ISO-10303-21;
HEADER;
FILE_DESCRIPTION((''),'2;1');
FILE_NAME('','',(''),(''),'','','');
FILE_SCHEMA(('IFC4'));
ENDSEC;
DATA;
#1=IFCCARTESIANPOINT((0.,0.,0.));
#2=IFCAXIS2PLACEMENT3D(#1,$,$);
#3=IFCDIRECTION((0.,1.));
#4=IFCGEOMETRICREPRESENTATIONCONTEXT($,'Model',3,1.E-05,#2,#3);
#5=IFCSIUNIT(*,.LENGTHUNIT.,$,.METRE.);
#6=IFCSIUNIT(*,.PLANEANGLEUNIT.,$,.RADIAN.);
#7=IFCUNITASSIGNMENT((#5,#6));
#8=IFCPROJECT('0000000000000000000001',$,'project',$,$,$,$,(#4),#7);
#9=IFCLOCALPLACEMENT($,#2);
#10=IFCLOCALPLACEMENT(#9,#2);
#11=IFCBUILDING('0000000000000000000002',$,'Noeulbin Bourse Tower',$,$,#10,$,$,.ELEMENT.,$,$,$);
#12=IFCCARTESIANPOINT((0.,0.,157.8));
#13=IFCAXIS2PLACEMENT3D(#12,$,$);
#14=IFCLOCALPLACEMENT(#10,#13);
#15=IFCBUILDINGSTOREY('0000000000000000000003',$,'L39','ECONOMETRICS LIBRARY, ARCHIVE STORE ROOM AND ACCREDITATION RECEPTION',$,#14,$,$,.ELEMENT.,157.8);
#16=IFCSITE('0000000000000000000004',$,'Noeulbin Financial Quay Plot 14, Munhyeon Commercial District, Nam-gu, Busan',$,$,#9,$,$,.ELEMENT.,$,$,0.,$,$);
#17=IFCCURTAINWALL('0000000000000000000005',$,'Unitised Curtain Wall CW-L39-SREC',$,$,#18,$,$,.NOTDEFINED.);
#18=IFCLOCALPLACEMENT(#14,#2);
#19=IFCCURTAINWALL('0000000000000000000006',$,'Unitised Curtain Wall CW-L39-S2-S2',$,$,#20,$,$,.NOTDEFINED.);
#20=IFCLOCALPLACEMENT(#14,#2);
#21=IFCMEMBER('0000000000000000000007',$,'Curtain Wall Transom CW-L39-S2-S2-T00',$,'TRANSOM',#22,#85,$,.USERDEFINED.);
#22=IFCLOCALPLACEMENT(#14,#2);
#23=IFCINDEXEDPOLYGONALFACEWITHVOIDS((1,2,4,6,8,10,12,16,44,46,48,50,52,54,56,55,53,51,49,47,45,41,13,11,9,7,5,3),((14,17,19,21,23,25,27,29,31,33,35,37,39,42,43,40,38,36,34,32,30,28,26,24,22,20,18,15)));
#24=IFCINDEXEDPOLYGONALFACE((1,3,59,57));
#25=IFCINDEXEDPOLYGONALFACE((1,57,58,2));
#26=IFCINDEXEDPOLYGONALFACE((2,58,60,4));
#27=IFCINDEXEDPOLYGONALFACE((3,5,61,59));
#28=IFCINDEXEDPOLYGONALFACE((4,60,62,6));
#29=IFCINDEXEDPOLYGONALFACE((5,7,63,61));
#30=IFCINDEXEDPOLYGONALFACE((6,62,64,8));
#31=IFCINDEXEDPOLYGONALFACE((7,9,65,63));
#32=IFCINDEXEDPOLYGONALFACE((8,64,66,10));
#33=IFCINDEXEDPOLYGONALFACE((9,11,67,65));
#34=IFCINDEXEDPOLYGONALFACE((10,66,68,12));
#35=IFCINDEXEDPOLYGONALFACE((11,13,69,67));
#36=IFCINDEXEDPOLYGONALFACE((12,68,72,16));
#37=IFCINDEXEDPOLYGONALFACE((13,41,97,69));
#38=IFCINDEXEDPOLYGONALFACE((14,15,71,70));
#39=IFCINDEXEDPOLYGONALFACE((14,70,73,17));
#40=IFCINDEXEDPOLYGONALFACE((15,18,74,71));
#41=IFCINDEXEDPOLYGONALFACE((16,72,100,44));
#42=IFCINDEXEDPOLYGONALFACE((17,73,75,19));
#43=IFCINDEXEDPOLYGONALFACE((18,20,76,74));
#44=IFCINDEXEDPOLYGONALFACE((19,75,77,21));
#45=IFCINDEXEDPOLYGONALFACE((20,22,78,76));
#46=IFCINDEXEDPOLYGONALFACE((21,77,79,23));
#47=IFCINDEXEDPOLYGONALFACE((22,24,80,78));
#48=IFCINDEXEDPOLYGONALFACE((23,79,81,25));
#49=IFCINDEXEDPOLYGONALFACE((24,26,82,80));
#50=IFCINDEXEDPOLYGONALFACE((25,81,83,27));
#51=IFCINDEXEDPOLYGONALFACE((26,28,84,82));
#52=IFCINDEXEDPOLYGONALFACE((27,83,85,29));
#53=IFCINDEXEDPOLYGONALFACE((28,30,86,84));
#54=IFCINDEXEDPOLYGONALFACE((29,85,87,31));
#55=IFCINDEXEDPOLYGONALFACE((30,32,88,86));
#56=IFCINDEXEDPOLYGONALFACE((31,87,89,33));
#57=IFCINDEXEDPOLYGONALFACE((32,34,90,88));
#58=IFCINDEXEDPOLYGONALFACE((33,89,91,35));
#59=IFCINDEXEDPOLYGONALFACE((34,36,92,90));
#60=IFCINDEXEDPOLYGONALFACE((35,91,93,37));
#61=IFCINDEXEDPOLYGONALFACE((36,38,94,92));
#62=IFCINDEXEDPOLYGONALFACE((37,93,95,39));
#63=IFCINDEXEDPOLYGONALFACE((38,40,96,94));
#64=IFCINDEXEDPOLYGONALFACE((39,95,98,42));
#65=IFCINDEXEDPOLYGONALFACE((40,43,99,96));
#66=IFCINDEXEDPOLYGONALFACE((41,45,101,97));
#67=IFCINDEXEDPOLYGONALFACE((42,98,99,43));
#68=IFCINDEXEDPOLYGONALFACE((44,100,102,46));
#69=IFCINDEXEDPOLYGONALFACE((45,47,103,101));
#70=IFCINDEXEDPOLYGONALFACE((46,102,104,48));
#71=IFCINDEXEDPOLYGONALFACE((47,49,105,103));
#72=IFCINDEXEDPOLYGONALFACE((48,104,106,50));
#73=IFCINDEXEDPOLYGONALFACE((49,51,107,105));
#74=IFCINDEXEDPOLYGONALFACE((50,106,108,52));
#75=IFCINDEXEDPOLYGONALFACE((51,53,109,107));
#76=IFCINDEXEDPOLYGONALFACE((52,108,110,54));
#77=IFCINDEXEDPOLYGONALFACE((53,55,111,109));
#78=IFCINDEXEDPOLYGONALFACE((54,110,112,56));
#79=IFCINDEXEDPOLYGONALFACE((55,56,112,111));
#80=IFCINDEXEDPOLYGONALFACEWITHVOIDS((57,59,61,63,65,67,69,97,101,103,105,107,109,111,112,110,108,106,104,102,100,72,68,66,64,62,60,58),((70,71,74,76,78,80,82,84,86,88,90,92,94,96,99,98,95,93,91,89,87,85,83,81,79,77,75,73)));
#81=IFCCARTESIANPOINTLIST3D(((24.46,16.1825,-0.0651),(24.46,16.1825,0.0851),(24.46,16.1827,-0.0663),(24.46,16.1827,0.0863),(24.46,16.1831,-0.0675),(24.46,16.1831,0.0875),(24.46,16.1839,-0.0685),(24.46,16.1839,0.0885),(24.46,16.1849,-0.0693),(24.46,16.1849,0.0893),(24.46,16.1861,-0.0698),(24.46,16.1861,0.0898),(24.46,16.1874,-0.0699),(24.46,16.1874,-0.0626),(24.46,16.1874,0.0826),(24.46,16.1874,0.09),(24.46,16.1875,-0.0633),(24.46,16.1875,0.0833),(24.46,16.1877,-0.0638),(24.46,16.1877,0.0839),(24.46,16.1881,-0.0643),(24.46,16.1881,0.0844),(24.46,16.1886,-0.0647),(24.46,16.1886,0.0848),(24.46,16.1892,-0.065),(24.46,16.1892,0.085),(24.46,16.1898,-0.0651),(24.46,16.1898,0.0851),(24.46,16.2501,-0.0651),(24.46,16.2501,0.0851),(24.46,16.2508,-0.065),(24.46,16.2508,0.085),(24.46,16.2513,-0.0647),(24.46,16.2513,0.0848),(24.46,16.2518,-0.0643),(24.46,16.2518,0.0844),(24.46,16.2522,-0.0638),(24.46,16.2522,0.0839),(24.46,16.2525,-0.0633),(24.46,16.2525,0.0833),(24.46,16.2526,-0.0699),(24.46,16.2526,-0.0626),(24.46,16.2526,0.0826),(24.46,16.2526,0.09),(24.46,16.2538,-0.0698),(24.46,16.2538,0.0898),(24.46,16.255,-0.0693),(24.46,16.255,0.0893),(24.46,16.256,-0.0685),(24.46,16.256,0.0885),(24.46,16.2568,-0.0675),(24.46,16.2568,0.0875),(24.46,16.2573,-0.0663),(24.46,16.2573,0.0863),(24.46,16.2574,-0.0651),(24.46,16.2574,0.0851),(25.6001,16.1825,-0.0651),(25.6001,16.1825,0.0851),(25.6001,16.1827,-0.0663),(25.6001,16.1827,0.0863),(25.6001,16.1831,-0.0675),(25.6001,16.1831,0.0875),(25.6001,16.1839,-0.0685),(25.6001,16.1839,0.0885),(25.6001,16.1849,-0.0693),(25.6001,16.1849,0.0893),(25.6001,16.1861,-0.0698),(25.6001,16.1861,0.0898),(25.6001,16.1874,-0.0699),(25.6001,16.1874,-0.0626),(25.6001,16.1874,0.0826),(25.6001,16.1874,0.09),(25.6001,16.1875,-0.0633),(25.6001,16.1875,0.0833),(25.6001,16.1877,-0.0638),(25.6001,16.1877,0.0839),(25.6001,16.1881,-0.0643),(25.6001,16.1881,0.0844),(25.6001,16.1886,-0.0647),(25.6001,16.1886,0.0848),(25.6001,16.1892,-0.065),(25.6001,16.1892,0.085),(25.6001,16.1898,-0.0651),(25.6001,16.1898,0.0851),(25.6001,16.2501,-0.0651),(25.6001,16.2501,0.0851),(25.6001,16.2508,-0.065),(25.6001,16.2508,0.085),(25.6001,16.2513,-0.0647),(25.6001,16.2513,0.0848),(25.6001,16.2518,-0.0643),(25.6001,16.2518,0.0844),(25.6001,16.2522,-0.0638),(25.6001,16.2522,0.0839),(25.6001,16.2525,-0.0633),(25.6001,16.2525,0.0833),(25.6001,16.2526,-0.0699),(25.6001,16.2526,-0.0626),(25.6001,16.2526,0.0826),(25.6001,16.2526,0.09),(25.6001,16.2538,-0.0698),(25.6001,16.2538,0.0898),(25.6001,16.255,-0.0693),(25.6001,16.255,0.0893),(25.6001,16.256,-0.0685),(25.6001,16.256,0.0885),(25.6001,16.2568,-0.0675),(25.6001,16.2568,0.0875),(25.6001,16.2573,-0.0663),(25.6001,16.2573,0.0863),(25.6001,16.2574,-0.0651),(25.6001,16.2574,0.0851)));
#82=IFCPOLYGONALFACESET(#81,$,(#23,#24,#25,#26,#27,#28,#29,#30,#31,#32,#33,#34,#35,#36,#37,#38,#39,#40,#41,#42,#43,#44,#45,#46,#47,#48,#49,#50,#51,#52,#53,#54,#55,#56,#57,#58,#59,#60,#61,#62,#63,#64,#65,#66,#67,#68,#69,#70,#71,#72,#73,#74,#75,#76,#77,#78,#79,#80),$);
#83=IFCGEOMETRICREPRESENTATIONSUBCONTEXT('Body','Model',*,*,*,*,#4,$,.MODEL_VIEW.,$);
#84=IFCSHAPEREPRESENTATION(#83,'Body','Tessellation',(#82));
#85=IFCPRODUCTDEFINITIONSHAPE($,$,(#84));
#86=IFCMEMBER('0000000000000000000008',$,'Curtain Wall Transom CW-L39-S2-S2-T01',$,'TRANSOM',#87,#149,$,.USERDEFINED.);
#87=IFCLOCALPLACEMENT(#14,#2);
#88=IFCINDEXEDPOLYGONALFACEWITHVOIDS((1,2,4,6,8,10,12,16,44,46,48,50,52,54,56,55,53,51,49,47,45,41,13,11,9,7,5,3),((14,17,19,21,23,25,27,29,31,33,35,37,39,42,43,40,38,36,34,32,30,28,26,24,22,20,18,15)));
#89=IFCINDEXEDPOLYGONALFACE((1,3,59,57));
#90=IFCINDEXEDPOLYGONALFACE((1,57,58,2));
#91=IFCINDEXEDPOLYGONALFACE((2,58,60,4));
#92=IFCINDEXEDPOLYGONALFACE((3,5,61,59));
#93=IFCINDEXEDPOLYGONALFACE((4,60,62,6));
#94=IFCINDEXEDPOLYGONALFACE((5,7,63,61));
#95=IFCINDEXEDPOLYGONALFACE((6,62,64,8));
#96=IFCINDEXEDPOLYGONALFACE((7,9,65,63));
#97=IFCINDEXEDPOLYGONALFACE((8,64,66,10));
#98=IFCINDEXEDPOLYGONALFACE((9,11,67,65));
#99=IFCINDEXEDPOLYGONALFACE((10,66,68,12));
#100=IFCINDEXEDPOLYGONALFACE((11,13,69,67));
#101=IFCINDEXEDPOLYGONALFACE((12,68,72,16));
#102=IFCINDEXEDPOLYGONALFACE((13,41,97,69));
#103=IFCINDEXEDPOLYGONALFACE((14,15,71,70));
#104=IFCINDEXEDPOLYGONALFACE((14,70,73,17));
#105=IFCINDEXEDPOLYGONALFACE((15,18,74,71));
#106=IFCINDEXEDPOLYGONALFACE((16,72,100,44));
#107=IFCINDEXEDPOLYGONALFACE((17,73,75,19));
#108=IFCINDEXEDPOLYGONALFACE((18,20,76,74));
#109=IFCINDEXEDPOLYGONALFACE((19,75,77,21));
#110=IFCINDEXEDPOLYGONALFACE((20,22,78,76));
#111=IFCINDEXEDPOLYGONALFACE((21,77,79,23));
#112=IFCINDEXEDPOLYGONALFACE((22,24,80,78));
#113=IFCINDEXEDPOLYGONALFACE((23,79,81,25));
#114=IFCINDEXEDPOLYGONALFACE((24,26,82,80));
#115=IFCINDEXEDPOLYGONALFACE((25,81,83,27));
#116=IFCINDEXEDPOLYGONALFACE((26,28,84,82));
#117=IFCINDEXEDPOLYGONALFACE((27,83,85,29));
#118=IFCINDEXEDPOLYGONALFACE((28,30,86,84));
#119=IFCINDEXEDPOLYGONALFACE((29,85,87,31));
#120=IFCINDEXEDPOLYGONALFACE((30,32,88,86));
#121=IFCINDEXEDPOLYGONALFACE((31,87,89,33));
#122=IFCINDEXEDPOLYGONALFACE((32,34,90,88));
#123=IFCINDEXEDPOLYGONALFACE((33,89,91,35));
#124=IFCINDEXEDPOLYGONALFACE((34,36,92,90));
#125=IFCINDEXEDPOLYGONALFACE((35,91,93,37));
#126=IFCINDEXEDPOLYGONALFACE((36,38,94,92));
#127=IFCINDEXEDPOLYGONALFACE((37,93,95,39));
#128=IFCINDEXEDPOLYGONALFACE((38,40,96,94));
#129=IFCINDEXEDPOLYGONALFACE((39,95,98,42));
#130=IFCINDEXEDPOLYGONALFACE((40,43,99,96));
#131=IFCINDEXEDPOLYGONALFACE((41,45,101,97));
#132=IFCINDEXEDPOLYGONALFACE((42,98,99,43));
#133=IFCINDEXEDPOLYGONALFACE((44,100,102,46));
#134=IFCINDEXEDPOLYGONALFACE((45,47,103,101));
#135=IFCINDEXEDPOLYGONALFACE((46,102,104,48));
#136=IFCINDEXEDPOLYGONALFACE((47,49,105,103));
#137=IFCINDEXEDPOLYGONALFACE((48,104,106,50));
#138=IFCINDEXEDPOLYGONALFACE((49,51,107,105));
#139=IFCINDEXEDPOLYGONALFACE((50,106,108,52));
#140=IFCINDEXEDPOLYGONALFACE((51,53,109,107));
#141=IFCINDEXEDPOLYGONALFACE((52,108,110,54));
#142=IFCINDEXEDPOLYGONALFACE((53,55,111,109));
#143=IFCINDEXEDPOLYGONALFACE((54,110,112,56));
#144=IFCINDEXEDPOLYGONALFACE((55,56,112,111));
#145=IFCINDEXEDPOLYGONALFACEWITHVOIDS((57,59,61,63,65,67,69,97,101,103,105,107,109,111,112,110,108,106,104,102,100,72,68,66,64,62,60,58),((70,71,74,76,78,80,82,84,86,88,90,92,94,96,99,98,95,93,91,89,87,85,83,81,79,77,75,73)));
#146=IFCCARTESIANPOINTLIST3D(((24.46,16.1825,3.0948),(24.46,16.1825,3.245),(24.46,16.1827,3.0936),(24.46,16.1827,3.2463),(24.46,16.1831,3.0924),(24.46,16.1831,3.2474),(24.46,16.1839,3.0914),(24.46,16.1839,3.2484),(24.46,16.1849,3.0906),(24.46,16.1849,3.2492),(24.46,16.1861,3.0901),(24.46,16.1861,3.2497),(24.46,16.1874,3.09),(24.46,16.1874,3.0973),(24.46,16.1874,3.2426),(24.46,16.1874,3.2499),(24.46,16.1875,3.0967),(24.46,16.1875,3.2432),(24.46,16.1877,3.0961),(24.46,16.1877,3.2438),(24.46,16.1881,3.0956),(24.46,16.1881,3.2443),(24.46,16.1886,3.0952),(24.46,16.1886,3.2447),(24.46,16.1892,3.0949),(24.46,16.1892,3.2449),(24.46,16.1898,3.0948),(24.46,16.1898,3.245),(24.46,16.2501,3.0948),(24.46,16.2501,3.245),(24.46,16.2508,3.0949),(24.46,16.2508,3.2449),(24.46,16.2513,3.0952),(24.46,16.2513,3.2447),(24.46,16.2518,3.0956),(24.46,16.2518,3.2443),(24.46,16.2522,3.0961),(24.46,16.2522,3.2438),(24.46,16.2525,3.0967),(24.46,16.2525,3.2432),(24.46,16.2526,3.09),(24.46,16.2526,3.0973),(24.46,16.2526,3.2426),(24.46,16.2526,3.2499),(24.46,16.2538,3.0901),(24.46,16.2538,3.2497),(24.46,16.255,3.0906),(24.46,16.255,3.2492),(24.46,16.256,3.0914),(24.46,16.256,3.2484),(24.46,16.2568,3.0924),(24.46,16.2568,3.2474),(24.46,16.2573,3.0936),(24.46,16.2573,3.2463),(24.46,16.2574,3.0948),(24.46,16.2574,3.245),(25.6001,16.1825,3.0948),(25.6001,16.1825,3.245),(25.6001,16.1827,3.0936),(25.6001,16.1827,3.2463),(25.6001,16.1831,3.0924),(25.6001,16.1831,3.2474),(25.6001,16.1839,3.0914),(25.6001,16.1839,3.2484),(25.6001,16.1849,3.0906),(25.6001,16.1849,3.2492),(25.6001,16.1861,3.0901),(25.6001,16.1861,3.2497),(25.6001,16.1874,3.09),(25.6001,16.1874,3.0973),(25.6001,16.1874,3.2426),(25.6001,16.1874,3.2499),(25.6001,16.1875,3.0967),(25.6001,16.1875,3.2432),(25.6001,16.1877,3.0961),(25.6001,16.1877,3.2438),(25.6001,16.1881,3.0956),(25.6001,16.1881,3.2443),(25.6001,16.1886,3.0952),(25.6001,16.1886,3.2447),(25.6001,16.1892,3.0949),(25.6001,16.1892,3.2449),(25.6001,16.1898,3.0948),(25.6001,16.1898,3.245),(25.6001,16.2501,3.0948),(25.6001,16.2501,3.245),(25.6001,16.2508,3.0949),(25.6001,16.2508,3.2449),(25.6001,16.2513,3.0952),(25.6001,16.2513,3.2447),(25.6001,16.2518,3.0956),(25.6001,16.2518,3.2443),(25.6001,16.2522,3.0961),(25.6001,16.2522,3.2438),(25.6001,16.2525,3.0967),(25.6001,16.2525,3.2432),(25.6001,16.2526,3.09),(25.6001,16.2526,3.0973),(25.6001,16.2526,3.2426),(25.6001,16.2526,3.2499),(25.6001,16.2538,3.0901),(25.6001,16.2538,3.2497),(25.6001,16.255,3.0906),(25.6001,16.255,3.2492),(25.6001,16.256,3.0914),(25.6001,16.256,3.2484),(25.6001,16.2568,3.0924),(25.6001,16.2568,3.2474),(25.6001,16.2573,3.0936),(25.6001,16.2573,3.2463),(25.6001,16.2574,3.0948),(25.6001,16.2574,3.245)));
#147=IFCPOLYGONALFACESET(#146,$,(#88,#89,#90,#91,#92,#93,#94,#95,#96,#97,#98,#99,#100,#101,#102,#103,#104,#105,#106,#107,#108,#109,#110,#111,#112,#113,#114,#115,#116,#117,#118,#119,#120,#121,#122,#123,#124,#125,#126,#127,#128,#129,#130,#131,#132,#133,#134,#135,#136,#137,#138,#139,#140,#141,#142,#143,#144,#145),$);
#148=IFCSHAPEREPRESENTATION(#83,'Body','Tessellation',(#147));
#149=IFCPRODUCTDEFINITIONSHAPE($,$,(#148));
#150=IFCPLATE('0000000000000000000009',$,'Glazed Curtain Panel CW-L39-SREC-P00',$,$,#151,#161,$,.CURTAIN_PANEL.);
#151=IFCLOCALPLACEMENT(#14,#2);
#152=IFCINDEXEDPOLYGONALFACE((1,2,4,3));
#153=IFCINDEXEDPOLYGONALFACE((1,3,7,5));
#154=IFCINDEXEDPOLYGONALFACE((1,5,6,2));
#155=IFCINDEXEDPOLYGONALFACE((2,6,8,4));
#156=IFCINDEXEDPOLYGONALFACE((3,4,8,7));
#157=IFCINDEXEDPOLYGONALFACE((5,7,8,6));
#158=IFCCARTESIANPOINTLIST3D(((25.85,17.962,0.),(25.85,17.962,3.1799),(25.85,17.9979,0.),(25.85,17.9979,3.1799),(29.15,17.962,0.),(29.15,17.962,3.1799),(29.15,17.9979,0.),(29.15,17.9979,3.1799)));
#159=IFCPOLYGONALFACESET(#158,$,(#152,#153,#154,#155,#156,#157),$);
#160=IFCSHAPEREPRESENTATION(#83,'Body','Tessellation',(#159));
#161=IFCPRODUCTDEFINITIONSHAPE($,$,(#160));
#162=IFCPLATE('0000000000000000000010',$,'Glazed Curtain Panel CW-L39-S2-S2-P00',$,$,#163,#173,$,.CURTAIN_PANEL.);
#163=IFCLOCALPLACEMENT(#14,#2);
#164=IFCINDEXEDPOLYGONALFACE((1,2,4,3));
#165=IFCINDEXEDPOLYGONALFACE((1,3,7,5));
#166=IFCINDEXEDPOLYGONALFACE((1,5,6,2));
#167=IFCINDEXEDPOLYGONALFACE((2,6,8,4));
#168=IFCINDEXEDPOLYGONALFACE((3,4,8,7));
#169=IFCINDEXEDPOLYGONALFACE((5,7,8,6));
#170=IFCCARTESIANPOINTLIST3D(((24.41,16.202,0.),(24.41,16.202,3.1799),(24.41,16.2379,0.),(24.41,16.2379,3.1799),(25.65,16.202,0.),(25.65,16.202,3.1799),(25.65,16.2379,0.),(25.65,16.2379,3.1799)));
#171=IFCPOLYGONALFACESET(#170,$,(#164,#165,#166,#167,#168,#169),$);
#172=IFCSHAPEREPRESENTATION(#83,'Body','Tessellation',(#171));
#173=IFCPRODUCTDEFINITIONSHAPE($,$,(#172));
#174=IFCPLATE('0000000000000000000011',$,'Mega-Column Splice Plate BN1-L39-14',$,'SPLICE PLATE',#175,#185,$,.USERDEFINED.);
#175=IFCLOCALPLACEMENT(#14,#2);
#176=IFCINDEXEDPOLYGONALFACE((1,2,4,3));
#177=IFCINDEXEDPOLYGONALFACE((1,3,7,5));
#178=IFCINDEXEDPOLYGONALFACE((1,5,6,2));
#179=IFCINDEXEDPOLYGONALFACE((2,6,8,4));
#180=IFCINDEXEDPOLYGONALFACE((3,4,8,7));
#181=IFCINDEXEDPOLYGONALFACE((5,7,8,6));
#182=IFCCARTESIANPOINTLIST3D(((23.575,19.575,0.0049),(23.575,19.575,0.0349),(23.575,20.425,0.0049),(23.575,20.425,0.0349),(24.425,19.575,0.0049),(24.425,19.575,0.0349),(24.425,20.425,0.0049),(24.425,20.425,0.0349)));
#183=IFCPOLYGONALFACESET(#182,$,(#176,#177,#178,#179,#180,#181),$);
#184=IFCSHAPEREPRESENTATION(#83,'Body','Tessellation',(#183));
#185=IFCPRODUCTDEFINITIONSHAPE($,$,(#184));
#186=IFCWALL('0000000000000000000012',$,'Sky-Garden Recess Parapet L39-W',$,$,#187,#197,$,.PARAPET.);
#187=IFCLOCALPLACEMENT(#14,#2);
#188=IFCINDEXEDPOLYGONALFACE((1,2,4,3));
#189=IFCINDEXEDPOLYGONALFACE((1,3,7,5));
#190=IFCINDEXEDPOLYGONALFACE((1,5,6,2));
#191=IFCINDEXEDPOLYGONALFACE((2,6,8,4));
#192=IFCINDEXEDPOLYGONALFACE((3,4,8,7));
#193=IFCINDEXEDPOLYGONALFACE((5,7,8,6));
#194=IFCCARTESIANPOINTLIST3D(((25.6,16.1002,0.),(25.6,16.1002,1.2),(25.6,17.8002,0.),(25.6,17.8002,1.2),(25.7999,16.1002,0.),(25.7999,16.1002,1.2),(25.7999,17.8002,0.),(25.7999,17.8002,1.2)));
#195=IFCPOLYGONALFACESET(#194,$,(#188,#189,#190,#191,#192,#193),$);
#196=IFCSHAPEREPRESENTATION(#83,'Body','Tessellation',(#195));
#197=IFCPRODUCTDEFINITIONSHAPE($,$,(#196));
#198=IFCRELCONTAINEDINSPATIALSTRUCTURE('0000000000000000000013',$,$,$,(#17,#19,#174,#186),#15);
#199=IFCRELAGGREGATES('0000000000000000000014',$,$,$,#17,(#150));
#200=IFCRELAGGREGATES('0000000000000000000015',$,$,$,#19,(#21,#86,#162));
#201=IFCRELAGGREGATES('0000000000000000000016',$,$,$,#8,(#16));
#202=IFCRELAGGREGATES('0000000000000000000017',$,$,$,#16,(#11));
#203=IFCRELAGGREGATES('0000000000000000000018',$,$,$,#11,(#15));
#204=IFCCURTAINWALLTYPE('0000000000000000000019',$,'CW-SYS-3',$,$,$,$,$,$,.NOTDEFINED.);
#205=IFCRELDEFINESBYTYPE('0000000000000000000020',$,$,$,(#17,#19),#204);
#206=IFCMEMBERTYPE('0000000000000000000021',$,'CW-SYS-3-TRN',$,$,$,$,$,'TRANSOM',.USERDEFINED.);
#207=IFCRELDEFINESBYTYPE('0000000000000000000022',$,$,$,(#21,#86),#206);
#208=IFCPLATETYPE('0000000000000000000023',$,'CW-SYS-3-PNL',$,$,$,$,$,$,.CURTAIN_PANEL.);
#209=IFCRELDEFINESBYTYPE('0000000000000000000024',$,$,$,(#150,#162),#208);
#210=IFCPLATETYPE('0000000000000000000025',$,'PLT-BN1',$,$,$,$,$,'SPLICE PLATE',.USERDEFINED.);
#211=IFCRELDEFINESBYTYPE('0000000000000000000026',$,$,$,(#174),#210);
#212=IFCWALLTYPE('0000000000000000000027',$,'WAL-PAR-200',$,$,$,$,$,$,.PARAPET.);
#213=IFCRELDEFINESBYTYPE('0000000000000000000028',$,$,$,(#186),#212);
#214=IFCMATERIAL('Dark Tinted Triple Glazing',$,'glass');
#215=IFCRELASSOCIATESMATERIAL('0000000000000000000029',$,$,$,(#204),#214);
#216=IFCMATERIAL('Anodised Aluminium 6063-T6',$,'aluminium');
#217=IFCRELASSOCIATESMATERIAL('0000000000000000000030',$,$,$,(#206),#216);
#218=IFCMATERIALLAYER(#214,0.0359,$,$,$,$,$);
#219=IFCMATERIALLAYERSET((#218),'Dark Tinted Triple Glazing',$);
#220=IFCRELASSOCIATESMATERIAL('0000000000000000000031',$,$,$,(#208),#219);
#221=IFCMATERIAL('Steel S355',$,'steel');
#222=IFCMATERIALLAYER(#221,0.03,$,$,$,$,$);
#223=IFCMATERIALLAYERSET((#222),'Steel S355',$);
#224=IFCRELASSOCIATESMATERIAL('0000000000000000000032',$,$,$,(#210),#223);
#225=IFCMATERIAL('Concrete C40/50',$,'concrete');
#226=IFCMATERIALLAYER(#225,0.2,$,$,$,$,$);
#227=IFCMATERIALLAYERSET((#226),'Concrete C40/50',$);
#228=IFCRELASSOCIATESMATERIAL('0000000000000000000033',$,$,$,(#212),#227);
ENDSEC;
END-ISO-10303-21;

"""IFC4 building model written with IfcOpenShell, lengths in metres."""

from ifc_helpers import new_model, si_unit, direction, frame, frame_2d, origin, origin_2d, place, context, subcontext, project, spatial, rectangle, hollow_rectangle, extrude, material, layer, layer_set, material_profile, profile_set, type_object, element, aggregate, save


model = new_model("IFC4")

# Units and contexts
model_context = context("Model", 3, precision=1e-05, world=origin(), true_north=direction((0.0, 1.0)))
body_context = subcontext(model_context, "Body", "Model", "MODEL_VIEW")
ifc_project = project(units=[si_unit("LENGTHUNIT", "METRE"), si_unit("PLANEANGLEUNIT", "RADIAN")], contexts=[model_context])

# Site, building, storey
site_placement = place(None, origin())
site = spatial("IfcSite", under=ifc_project, at=site_placement, Name="Noeulbin Financial Quay Plot 14, Munhyeon Commercial District, Nam-gu, Busan", CompositionType="ELEMENT", RefElevation=0.0)
building_placement = place(site_placement, origin())
building = spatial("IfcBuilding", under=site, at=building_placement, Name="Noeulbin Bourse Tower", CompositionType="ELEMENT")
storey_placement = place(building_placement, frame((0.0, 0.0, 157.8)))
storey = spatial("IfcBuildingStorey", under=building, at=storey_placement, Name="L39", Description="ECONOMETRICS LIBRARY, ARCHIVE STORE ROOM AND ACCREDITATION RECEPTION", CompositionType="ELEMENT", Elevation=157.8)

# Shared definitions
ifc_material_1 = material(Name="Steel S355", Category="steel")

# Curtain wall
ifc_material_2 = material(Name="Dark Tinted Triple Glazing", Category="glass")
curtain_wall_type = type_object("IfcCurtainWallType", Name="CW-SYS-3", PredefinedType="NOTDEFINED", material=ifc_material_2)
curtain_wall_1_placement = place(storey_placement, origin())
curtain_wall_1 = element("IfcCurtainWall", 1, at=curtain_wall_1_placement, inside=storey, type_object=curtain_wall_type, Name="Unitised Curtain Wall CW-L39-SREC", PredefinedType="NOTDEFINED")
ifc_material_3 = material(Name="Anodised Aluminium 6063-T6", Category="aluminium")

# Curtain wall
curtain_wall_2_placement = place(storey_placement, origin())
curtain_wall_2 = element("IfcCurtainWall", 2, at=curtain_wall_2_placement, inside=storey, type_object=curtain_wall_type, Name="Unitised Curtain Wall CW-L39-S2-S2", PredefinedType="NOTDEFINED")

# Members
ifc_material_profile_1 = material_profile(ifc_material_3, hollow_rectangle(XDim=0.075, YDim=0.1599, WallThickness=0.0049, InnerFilletRadius=0.0024, OuterFilletRadius=0.0049, at=origin_2d()), Name="ALU-TRAN-75x160x5", Category="LoadBearing")
ifc_profile_set_1 = profile_set([ifc_material_profile_1], Name="Anodised Aluminium 6063-T6")
member_type_1 = type_object("IfcMemberType", Name="CW-SYS-3-TRN", ElementType="TRANSOM", PredefinedType="USERDEFINED", material=ifc_profile_set_1)
member_1_placement = place(storey_placement, frame((24.46, 16.22, 0.01), z_axis=(1.0, 0.0, 0.0), x_axis=(0.0, 1.0, 0.0)))
member_1 = element("IfcMember", 3, at=member_1_placement, type_object=member_type_1, Name="Curtain Wall Transom CW-L39-S2-S2-T00", ObjectType="TRANSOM", PredefinedType="USERDEFINED", context=body_context, shape_type="SweptSolid", body=[
    extrude(hollow_rectangle(XDim=0.075, YDim=0.1599, WallThickness=0.0049, InnerFilletRadius=0.0024, OuterFilletRadius=0.0049, at=origin_2d()), origin(), (0.0, 0.0, 1.0), 1.1401),
])
member_2_placement = place(storey_placement, frame((24.46, 16.22, 3.1699), z_axis=(1.0, 0.0, 0.0), x_axis=(0.0, 1.0, 0.0)))
member_2 = element("IfcMember", 4, at=member_2_placement, type_object=member_type_1, Name="Curtain Wall Transom CW-L39-S2-S2-T01", ObjectType="TRANSOM", PredefinedType="USERDEFINED", context=body_context, shape_type="SweptSolid", body=[
    extrude(hollow_rectangle(XDim=0.075, YDim=0.1599, WallThickness=0.0049, InnerFilletRadius=0.0024, OuterFilletRadius=0.0049, at=origin_2d()), origin(), (0.0, 0.0, 1.0), 1.1401),
])

# Plates
ifc_layer_1 = layer(ifc_material_2, 0.0359)
ifc_layer_set_1 = layer_set([ifc_layer_1], Name="Dark Tinted Triple Glazing")
plate_type_1 = type_object("IfcPlateType", Name="CW-SYS-3-PNL", PredefinedType="CURTAIN_PANEL", material=ifc_layer_set_1)
plate_1_placement = place(storey_placement, frame((27.5, 17.98, 0.0), z_axis=(0.0, 0.0, 1.0), x_axis=(1.0, 0.0, 0.0)))
plate_1 = element("IfcPlate", 5, at=plate_1_placement, type_object=plate_type_1, Name="Glazed Curtain Panel CW-L39-SREC-P00", PredefinedType="CURTAIN_PANEL", context=body_context, shape_type="SweptSolid", body=[
    extrude(rectangle(XDim=3.3, YDim=0.0359, at=origin_2d()), origin(), (0.0, 0.0, 1.0), 3.1799),
])
aggregate(curtain_wall_1, [plate_1])
plate_2_placement = place(storey_placement, frame((25.03, 16.22, 0.0), z_axis=(0.0, 0.0, 1.0), x_axis=(1.0, 0.0, 0.0)))
plate_2 = element("IfcPlate", 6, at=plate_2_placement, type_object=plate_type_1, Name="Glazed Curtain Panel CW-L39-S2-S2-P00", PredefinedType="CURTAIN_PANEL", context=body_context, shape_type="SweptSolid", body=[
    extrude(rectangle(XDim=1.24, YDim=0.0359, at=origin_2d()), origin(), (0.0, 0.0, 1.0), 3.1799),
])
aggregate(curtain_wall_2, [member_1, member_2, plate_2])
ifc_layer_2 = layer(ifc_material_1, 0.03)
ifc_layer_set_2 = layer_set([ifc_layer_2], Name="Steel S355")
plate_type_2 = type_object("IfcPlateType", Name="PLT-BN1", ElementType="SPLICE PLATE", PredefinedType="USERDEFINED", material=ifc_layer_set_2)
plate_3_placement = place(storey_placement, frame((24.0, 20.0, 0.0049), z_axis=(0.0, 0.0, 1.0), x_axis=(1.0, 0.0, 0.0)))
element("IfcPlate", 7, at=plate_3_placement, inside=storey, type_object=plate_type_2, Name="Mega-Column Splice Plate BN1-L39-14", ObjectType="SPLICE PLATE", PredefinedType="USERDEFINED", context=body_context, shape_type="SweptSolid", body=[
    extrude(rectangle(XDim=0.8501, YDim=0.8501, at=origin_2d()), origin(), (0.0, 0.0, 1.0), 0.03),
])

# Wall
ifc_material_4 = material(Name="Concrete C40/50", Category="concrete")
ifc_layer_3 = layer(ifc_material_4, 0.2)
ifc_layer_set_3 = layer_set([ifc_layer_3], Name="Concrete C40/50")
wall_type_1 = type_object("IfcWallType", Name="WAL-PAR-200", PredefinedType="PARAPET", material=ifc_layer_set_3)
wall_1_placement = place(storey_placement, frame((25.7, 16.1001, 0.0), z_axis=(0.0, 0.0, 1.0), x_axis=(0.0, 1.0, 0.0)))
element("IfcWall", 8, at=wall_1_placement, inside=storey, type_object=wall_type_1, Name="Sky-Garden Recess Parapet L39-W", PredefinedType="PARAPET", context=body_context, shape_type="SweptSolid", body=[
    extrude(rectangle(XDim=1.7, YDim=0.2, at=frame_2d((0.8501, 0.0))), origin(), (0.0, 0.0, 1.0), 1.2),
])

save(model, "model.ifc")
